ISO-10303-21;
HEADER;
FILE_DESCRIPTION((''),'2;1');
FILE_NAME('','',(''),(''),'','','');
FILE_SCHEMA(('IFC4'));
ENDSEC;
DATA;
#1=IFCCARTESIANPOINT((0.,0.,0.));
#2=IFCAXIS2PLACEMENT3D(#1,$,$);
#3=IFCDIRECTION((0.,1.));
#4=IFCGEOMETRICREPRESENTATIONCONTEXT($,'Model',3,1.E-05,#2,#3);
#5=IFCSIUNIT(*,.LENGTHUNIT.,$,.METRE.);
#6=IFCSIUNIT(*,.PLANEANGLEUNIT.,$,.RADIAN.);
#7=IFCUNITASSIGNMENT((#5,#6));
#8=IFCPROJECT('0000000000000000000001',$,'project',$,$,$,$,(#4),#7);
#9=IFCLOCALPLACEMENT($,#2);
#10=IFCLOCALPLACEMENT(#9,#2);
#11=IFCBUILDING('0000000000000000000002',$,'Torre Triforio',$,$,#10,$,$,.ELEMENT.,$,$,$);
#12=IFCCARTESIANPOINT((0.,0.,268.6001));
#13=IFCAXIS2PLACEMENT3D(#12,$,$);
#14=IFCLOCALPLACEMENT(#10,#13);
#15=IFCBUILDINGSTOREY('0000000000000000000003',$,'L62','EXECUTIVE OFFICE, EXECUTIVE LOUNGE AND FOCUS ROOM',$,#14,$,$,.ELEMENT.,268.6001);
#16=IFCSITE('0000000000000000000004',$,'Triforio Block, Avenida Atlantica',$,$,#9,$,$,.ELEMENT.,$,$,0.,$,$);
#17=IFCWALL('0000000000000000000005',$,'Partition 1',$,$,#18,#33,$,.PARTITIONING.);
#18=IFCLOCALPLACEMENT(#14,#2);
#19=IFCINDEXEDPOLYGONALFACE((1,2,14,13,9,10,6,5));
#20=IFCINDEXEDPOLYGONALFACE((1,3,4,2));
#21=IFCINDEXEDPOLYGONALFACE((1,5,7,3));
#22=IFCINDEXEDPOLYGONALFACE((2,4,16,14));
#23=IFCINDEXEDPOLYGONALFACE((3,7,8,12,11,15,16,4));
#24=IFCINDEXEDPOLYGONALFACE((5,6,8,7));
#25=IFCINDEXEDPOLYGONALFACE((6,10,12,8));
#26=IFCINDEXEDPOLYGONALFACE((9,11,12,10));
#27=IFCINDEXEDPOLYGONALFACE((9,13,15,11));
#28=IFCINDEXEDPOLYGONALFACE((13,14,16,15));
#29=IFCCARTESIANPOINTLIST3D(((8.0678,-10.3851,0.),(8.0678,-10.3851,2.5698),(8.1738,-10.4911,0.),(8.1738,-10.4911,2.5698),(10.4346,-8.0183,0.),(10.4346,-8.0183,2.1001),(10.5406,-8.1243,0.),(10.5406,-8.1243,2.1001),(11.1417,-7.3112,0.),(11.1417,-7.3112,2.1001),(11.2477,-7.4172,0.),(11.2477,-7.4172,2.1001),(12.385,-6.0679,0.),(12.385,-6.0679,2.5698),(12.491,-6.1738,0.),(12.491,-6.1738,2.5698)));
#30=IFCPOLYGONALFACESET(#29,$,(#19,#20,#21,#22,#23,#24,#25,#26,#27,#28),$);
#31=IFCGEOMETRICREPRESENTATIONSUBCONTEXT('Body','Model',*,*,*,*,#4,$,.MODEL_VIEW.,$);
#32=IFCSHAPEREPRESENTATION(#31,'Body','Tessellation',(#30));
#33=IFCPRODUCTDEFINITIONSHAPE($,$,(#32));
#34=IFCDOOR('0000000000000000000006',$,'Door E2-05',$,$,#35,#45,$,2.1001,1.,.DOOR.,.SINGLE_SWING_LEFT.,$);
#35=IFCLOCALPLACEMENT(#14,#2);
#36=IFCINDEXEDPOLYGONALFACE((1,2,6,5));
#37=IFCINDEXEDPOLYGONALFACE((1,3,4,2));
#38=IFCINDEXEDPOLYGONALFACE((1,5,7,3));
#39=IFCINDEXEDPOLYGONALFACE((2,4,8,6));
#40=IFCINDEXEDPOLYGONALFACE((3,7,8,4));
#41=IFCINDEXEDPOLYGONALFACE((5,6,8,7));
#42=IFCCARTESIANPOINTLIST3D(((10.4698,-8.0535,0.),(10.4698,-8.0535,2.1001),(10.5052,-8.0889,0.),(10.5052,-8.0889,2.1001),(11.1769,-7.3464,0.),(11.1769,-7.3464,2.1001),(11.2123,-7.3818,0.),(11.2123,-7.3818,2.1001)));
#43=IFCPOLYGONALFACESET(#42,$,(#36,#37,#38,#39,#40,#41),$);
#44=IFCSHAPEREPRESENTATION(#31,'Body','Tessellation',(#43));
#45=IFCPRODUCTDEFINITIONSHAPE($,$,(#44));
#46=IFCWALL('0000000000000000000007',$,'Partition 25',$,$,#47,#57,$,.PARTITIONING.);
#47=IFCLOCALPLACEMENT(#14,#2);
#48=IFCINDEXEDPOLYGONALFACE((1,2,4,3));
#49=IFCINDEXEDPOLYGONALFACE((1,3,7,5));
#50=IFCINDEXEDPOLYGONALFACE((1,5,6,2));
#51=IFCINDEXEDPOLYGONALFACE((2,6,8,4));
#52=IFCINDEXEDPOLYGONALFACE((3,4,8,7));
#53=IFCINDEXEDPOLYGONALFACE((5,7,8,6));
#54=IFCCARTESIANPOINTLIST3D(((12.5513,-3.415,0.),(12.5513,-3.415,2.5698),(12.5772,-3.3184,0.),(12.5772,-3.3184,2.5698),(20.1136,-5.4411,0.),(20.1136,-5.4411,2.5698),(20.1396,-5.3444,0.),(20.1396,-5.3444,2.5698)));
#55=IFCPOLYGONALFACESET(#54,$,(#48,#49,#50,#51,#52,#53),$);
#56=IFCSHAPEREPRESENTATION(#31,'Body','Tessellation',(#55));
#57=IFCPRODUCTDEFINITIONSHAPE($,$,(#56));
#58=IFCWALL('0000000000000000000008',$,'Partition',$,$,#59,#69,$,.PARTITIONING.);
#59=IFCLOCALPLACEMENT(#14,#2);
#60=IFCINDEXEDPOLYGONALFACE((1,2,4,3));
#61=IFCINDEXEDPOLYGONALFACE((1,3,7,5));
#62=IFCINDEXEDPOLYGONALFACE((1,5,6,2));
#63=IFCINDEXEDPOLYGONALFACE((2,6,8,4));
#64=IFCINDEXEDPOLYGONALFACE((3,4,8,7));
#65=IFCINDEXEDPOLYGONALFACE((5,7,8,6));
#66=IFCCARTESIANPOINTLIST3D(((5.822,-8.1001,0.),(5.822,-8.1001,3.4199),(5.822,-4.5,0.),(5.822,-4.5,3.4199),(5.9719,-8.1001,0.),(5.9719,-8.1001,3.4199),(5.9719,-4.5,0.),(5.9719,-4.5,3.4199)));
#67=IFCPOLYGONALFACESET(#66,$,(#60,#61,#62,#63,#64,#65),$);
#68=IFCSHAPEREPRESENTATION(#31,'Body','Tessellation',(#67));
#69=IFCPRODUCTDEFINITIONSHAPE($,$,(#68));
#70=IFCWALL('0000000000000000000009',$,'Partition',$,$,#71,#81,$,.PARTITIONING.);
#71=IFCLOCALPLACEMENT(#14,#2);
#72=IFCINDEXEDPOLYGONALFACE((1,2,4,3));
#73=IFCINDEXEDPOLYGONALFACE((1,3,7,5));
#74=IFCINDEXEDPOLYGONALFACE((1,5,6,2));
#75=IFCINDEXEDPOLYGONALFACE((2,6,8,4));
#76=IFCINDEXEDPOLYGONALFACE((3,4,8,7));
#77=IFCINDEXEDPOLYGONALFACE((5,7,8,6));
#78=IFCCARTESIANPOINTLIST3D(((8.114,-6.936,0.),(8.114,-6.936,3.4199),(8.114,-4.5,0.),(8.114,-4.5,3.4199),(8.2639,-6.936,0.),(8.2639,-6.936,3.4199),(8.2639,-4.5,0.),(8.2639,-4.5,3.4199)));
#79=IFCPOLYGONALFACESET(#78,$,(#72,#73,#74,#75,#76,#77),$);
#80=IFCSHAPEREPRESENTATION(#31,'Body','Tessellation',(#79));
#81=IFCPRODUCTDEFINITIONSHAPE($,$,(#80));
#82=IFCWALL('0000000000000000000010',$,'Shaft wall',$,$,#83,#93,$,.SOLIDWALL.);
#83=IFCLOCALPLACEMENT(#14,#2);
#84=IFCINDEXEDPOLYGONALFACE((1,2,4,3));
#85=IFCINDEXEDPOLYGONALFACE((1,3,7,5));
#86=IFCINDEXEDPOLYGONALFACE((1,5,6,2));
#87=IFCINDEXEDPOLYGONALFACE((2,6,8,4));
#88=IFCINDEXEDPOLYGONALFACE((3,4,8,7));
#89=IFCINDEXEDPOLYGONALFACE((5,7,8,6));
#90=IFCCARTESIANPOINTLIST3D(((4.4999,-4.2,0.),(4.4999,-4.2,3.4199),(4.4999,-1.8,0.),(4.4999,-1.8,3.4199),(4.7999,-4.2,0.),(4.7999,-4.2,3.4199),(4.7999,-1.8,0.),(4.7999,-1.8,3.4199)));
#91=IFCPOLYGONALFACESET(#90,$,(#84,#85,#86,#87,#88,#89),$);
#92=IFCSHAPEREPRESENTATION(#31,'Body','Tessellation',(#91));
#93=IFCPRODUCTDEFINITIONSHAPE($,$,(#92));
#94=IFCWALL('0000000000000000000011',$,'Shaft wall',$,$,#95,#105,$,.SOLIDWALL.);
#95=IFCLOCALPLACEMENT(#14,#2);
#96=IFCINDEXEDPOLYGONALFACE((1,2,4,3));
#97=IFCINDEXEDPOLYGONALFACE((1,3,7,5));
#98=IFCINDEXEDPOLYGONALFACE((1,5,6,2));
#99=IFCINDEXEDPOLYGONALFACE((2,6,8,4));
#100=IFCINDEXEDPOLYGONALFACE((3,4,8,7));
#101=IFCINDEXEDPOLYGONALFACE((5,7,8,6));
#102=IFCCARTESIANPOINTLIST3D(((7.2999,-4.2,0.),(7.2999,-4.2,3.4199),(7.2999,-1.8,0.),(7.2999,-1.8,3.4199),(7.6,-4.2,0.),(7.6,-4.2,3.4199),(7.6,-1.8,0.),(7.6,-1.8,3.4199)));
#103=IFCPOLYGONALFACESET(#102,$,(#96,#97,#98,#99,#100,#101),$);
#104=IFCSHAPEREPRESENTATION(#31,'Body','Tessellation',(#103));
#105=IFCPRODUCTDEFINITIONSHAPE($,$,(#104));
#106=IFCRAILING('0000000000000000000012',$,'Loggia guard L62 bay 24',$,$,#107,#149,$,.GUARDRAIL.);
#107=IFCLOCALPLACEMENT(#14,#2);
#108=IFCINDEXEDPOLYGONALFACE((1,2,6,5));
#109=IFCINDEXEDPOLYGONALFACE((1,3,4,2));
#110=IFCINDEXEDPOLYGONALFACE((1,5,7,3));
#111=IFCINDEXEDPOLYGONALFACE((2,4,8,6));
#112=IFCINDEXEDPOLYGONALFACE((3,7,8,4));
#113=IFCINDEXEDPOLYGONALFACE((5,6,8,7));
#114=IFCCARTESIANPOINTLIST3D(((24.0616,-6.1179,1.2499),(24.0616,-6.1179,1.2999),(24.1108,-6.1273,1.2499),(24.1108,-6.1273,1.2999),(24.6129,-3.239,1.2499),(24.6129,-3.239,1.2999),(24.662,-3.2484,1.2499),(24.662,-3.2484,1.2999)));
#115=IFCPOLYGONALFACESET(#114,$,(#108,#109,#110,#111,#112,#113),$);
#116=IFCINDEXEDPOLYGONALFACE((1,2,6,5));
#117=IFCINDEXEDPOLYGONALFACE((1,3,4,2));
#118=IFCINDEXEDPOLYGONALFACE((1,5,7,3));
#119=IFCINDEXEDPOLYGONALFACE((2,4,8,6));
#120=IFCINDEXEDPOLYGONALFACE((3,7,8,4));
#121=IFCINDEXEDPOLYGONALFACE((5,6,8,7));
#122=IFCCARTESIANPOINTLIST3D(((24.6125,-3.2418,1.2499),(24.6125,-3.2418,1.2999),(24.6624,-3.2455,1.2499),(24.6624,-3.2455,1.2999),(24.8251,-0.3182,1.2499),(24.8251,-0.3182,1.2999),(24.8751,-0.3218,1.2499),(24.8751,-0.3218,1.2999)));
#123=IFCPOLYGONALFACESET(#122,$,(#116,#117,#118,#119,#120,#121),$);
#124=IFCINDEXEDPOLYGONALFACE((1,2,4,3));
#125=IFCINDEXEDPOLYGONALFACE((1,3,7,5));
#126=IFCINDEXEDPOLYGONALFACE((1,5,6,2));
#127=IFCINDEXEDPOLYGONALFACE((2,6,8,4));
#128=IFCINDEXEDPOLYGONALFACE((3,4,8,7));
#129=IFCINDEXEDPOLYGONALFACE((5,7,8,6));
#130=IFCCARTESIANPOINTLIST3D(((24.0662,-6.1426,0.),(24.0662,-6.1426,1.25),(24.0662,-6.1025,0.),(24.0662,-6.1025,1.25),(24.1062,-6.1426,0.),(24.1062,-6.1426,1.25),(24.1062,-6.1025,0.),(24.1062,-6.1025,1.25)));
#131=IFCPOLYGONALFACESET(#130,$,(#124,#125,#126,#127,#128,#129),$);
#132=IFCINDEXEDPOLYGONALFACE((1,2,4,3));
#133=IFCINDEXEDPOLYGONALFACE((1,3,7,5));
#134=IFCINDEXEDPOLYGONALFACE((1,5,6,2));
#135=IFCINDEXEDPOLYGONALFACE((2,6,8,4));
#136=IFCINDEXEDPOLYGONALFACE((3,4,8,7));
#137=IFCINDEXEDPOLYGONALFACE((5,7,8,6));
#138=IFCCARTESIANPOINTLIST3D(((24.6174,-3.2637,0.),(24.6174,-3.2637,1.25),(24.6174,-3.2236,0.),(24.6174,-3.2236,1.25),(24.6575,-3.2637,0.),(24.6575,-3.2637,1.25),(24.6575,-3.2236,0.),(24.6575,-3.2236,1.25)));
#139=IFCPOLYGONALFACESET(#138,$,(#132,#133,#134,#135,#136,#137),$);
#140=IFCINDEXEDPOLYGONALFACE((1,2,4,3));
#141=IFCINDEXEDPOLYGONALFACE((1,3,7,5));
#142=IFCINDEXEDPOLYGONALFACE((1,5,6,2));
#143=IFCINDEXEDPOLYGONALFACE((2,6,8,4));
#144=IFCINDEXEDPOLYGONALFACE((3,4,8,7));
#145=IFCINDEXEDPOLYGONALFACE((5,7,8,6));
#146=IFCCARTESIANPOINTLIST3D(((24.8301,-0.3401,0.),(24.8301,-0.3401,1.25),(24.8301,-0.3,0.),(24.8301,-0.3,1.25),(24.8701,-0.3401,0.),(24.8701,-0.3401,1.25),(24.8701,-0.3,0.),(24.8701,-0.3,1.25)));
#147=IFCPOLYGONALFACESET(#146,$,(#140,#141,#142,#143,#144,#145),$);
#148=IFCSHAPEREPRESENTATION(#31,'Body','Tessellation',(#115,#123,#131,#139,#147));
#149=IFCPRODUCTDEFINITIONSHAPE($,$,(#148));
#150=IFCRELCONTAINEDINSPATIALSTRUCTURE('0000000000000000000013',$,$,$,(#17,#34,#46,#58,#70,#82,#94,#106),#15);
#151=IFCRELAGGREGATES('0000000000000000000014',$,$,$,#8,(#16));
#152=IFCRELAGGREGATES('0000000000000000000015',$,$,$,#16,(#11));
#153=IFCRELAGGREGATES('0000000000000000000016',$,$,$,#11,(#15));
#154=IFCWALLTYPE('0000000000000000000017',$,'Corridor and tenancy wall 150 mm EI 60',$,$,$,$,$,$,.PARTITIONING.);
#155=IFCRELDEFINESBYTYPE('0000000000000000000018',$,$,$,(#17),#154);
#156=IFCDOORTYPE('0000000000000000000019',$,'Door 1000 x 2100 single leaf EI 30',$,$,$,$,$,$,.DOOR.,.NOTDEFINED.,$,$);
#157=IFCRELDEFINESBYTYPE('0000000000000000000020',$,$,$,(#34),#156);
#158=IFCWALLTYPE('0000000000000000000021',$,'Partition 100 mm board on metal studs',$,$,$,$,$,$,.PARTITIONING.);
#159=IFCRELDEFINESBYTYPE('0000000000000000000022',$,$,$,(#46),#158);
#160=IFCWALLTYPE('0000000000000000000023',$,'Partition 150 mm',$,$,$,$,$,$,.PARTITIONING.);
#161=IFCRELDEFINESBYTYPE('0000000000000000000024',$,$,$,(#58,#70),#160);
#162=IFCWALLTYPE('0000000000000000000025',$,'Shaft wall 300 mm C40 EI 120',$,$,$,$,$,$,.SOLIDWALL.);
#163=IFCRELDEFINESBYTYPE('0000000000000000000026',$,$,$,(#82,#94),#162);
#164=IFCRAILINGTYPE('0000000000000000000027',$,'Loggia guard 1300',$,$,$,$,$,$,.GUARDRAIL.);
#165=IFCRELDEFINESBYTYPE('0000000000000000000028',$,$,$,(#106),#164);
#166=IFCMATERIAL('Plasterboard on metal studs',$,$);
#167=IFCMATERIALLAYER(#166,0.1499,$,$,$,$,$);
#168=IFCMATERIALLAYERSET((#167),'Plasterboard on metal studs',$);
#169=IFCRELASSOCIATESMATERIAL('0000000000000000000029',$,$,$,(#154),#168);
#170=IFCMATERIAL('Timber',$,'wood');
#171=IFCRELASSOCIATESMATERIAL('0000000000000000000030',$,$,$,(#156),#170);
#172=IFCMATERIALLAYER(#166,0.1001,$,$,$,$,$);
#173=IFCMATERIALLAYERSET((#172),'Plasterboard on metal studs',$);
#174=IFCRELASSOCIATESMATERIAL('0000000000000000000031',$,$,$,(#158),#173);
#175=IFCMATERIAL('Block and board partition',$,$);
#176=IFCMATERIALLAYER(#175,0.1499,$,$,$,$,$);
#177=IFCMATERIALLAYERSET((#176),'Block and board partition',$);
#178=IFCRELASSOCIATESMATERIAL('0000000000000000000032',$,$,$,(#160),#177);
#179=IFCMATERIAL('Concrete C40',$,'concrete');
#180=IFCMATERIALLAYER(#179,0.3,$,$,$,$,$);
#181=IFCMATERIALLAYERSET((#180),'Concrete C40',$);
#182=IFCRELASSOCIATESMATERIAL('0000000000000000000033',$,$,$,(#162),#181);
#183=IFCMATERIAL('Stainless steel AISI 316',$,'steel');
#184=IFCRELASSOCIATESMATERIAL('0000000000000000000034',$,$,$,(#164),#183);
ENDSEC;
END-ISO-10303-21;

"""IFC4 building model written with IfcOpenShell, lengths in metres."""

from ifc_helpers import new_model, si_unit, direction, frame, frame_2d, origin, origin_2d, place, context, subcontext, project, spatial, rectangle, extrude, material, layer, layer_set, type_object, element, fill, save


model = new_model("IFC4")

# Units and contexts
model_context = context("Model", 3, precision=1e-05, world=origin(), true_north=direction((0.0, 1.0)))
body_context = subcontext(model_context, "Body", "Model", "MODEL_VIEW")
ifc_project = project(units=[si_unit("LENGTHUNIT", "METRE"), si_unit("PLANEANGLEUNIT", "RADIAN")], contexts=[model_context])

# Site, building, storey
site_placement = place(None, origin())
site = spatial("IfcSite", under=ifc_project, at=site_placement, Name="Triforio Block, Avenida Atlantica", CompositionType="ELEMENT", RefElevation=0.0)
building_placement = place(site_placement, origin())
building = spatial("IfcBuilding", under=site, at=building_placement, Name="Torre Triforio", CompositionType="ELEMENT")
storey_placement = place(building_placement, frame((0.0, 0.0, 268.6001)))
storey = spatial("IfcBuildingStorey", under=building, at=storey_placement, Name="L62", Description="EXECUTIVE OFFICE, EXECUTIVE LOUNGE AND FOCUS ROOM", CompositionType="ELEMENT", Elevation=268.6001)

# Shared definitions
ifc_material_1 = material(Name="Concrete C40", Category="concrete")

# Wall, opening, door
ifc_material_2 = material(Name="Plasterboard on metal studs")
ifc_layer_1 = layer(ifc_material_2, 0.1499)
ifc_layer_set_1 = layer_set([ifc_layer_1], Name="Plasterboard on metal studs")
wall_type_1 = type_object("IfcWallType", Name="Corridor and tenancy wall 150 mm EI 60", PredefinedType="PARTITIONING", material=ifc_layer_set_1)
wall_1_placement = place(storey_placement, frame((12.438, -6.1208, 0.0), z_axis=(0.0, 0.0, 1.0), x_axis=(-0.707107, -0.707107, 0.0)))
wall_1 = element("IfcWall", 1, at=wall_1_placement, inside=storey, type_object=wall_type_1, Name="Partition 1", PredefinedType="PARTITIONING", context=body_context, shape_type="SweptSolid", body=[
    extrude(rectangle(XDim=6.1055, YDim=0.1499, at=frame_2d((3.0527, 0.0))), origin(), (0.0, 0.0, 1.0), 2.5698),
])
opening_1_placement = place(wall_1_placement, frame((1.7583, 0.0, 0.0)))
opening_1 = element("IfcOpeningElement", 2, at=opening_1_placement, cuts=wall_1, PredefinedType="OPENING", context=body_context, shape_type="SweptSolid", body=[
    extrude(rectangle(XDim=1.0, YDim=2.1001, at=frame_2d((0.5, 1.05))), frame((0.0, 0.085, 0.0), z_axis=(0.0, -1.0, 0.0), x_axis=(1.0, 0.0, 0.0)), (0.0, 0.0, 1.0), 0.1699),
])
ifc_material_3 = material(Name="Timber", Category="wood")
door_type_1 = type_object("IfcDoorType", Name="Door 1000 x 2100 single leaf EI 30", OperationType="NOTDEFINED", PredefinedType="DOOR", material=ifc_material_3)
door_1_placement = place(opening_1_placement, origin())
door_1 = element("IfcDoor", 3, at=door_1_placement, inside=storey, type_object=door_type_1, Name="Door E2-05", OperationType="SINGLE_SWING_LEFT", OverallHeight=2.1001, OverallWidth=1.0, PredefinedType="DOOR", context=body_context, shape_type="SweptSolid", body=[
    extrude(rectangle(XDim=1.0, YDim=2.1001, at=frame_2d((0.5, 1.05))), frame((0.0, 0.0249, 0.0), z_axis=(0.0, -1.0, 0.0), x_axis=(1.0, 0.0, 0.0)), (0.0, 0.0, 1.0), 0.05),
])
fill(opening_1, door_1)

# Walls
ifc_layer_2 = layer(ifc_material_2, 0.1001)
ifc_layer_set_2 = layer_set([ifc_layer_2], Name="Plasterboard on metal studs")
wall_type_2 = type_object("IfcWallType", Name="Partition 100 mm board on metal studs", PredefinedType="PARTITIONING", material=ifc_layer_set_2)
wall_2_placement = place(storey_placement, frame((12.5642, -3.3667, 0.0), z_axis=(0.0, 0.0, 1.0), x_axis=(0.965934, -0.25879, 0.0)))
element("IfcWall", 4, at=wall_2_placement, inside=storey, type_object=wall_type_2, Name="Partition 25", PredefinedType="PARTITIONING", context=body_context, shape_type="SweptSolid", body=[
    extrude(rectangle(XDim=7.8291, YDim=0.1001, at=frame_2d((3.9146, 0.0))), origin(), (0.0, 0.0, 1.0), 2.5698),
])
ifc_material_4 = material(Name="Block and board partition")
ifc_layer_3 = layer(ifc_material_4, 0.1499)
ifc_layer_set_3 = layer_set([ifc_layer_3], Name="Block and board partition")
wall_type_3 = type_object("IfcWallType", Name="Partition 150 mm", PredefinedType="PARTITIONING", material=ifc_layer_set_3)
wall_3_placement = place(storey_placement, frame((5.897, -8.1001, 0.0), z_axis=(0.0, 0.0, 1.0), x_axis=(0.0, 1.0, 0.0)))
element("IfcWall", 5, at=wall_3_placement, inside=storey, type_object=wall_type_3, Name="Partition", PredefinedType="PARTITIONING", context=body_context, shape_type="SweptSolid", body=[
    extrude(rectangle(XDim=3.6001, YDim=0.1499, at=frame_2d((1.8, 0.0))), origin(), (0.0, 0.0, 1.0), 3.4199),
])
wall_4_placement = place(storey_placement, frame((8.189, -6.936, 0.0), z_axis=(0.0, 0.0, 1.0), x_axis=(0.0, 1.0, 0.0)))
element("IfcWall", 6, at=wall_4_placement, inside=storey, type_object=wall_type_3, Name="Partition", PredefinedType="PARTITIONING", context=body_context, shape_type="SweptSolid", body=[
    extrude(rectangle(XDim=2.436, YDim=0.1499, at=frame_2d((1.218, 0.0))), origin(), (0.0, 0.0, 1.0), 3.4199),
])
ifc_layer_4 = layer(ifc_material_1, 0.3)
ifc_layer_set_4 = layer_set([ifc_layer_4], Name="Concrete C40")
wall_type_4 = type_object("IfcWallType", Name="Shaft wall 300 mm C40 EI 120", PredefinedType="SOLIDWALL", material=ifc_layer_set_4)
for number, where, z_axis, x_axis, name in (
    (7, (4.6499, -4.2, 0.0), (0.0, 0.0, 1.0), (0.0, 1.0, 0.0), "Shaft wall"),
    (8, (7.45, -4.2, 0.0), (0.0, 0.0, 1.0), (0.0, 1.0, 0.0), "Shaft wall"),
):
    element("IfcWall", number, at=place(storey_placement, frame(where, z_axis=z_axis, x_axis=x_axis)), inside=storey, type_object=wall_type_4, Name=name, PredefinedType="SOLIDWALL", context=body_context, shape_type="SweptSolid", body=[
        extrude(rectangle(XDim=2.3999, YDim=0.3, at=frame_2d((1.2, 0.0))), origin(), (0.0, 0.0, 1.0), 3.4199),
    ])

# Railing
ifc_material_5 = material(Name="Stainless steel AISI 316", Category="steel")
railing_type = type_object("IfcRailingType", Name="Loggia guard 1300", PredefinedType="GUARDRAIL", material=ifc_material_5)
railing_placement = place(storey_placement, frame((24.0862, -6.1226, 0.0)))
element("IfcRailing", 9, at=railing_placement, inside=storey, type_object=railing_type, Name="Loggia guard L62 bay 24", PredefinedType="GUARDRAIL", context=body_context, shape_type="SweptSolid", body=[
    extrude(rectangle(XDim=0.05, YDim=0.05, at=origin_2d()), frame((0.0, 0.0, 1.2749), z_axis=(0.188069, 0.982156, 0.0), x_axis=(-0.982156, 0.188069, 0.0)), (0.0, 0.0, 1.0), 2.9312),
    extrude(rectangle(XDim=0.05, YDim=0.05, at=origin_2d()), frame((0.5513, 2.8789, 1.2749), z_axis=(0.072543, 0.997365, 0.0), x_axis=(-0.997365, 0.072543, 0.0)), (0.0, 0.0, 1.0), 2.9314),
    extrude(rectangle(XDim=0.04, YDim=0.04, at=origin_2d()), origin(), (0.0, 0.0, 1.0), 1.25),
    extrude(rectangle(XDim=0.04, YDim=0.04, at=origin_2d()), frame((0.5513, 2.8789, 0.0)), (0.0, 0.0, 1.0), 1.25),
    extrude(rectangle(XDim=0.04, YDim=0.04, at=origin_2d()), frame((0.7639, 5.8025, 0.0)), (0.0, 0.0, 1.0), 1.25),
])

save(model, "model.ifc")
